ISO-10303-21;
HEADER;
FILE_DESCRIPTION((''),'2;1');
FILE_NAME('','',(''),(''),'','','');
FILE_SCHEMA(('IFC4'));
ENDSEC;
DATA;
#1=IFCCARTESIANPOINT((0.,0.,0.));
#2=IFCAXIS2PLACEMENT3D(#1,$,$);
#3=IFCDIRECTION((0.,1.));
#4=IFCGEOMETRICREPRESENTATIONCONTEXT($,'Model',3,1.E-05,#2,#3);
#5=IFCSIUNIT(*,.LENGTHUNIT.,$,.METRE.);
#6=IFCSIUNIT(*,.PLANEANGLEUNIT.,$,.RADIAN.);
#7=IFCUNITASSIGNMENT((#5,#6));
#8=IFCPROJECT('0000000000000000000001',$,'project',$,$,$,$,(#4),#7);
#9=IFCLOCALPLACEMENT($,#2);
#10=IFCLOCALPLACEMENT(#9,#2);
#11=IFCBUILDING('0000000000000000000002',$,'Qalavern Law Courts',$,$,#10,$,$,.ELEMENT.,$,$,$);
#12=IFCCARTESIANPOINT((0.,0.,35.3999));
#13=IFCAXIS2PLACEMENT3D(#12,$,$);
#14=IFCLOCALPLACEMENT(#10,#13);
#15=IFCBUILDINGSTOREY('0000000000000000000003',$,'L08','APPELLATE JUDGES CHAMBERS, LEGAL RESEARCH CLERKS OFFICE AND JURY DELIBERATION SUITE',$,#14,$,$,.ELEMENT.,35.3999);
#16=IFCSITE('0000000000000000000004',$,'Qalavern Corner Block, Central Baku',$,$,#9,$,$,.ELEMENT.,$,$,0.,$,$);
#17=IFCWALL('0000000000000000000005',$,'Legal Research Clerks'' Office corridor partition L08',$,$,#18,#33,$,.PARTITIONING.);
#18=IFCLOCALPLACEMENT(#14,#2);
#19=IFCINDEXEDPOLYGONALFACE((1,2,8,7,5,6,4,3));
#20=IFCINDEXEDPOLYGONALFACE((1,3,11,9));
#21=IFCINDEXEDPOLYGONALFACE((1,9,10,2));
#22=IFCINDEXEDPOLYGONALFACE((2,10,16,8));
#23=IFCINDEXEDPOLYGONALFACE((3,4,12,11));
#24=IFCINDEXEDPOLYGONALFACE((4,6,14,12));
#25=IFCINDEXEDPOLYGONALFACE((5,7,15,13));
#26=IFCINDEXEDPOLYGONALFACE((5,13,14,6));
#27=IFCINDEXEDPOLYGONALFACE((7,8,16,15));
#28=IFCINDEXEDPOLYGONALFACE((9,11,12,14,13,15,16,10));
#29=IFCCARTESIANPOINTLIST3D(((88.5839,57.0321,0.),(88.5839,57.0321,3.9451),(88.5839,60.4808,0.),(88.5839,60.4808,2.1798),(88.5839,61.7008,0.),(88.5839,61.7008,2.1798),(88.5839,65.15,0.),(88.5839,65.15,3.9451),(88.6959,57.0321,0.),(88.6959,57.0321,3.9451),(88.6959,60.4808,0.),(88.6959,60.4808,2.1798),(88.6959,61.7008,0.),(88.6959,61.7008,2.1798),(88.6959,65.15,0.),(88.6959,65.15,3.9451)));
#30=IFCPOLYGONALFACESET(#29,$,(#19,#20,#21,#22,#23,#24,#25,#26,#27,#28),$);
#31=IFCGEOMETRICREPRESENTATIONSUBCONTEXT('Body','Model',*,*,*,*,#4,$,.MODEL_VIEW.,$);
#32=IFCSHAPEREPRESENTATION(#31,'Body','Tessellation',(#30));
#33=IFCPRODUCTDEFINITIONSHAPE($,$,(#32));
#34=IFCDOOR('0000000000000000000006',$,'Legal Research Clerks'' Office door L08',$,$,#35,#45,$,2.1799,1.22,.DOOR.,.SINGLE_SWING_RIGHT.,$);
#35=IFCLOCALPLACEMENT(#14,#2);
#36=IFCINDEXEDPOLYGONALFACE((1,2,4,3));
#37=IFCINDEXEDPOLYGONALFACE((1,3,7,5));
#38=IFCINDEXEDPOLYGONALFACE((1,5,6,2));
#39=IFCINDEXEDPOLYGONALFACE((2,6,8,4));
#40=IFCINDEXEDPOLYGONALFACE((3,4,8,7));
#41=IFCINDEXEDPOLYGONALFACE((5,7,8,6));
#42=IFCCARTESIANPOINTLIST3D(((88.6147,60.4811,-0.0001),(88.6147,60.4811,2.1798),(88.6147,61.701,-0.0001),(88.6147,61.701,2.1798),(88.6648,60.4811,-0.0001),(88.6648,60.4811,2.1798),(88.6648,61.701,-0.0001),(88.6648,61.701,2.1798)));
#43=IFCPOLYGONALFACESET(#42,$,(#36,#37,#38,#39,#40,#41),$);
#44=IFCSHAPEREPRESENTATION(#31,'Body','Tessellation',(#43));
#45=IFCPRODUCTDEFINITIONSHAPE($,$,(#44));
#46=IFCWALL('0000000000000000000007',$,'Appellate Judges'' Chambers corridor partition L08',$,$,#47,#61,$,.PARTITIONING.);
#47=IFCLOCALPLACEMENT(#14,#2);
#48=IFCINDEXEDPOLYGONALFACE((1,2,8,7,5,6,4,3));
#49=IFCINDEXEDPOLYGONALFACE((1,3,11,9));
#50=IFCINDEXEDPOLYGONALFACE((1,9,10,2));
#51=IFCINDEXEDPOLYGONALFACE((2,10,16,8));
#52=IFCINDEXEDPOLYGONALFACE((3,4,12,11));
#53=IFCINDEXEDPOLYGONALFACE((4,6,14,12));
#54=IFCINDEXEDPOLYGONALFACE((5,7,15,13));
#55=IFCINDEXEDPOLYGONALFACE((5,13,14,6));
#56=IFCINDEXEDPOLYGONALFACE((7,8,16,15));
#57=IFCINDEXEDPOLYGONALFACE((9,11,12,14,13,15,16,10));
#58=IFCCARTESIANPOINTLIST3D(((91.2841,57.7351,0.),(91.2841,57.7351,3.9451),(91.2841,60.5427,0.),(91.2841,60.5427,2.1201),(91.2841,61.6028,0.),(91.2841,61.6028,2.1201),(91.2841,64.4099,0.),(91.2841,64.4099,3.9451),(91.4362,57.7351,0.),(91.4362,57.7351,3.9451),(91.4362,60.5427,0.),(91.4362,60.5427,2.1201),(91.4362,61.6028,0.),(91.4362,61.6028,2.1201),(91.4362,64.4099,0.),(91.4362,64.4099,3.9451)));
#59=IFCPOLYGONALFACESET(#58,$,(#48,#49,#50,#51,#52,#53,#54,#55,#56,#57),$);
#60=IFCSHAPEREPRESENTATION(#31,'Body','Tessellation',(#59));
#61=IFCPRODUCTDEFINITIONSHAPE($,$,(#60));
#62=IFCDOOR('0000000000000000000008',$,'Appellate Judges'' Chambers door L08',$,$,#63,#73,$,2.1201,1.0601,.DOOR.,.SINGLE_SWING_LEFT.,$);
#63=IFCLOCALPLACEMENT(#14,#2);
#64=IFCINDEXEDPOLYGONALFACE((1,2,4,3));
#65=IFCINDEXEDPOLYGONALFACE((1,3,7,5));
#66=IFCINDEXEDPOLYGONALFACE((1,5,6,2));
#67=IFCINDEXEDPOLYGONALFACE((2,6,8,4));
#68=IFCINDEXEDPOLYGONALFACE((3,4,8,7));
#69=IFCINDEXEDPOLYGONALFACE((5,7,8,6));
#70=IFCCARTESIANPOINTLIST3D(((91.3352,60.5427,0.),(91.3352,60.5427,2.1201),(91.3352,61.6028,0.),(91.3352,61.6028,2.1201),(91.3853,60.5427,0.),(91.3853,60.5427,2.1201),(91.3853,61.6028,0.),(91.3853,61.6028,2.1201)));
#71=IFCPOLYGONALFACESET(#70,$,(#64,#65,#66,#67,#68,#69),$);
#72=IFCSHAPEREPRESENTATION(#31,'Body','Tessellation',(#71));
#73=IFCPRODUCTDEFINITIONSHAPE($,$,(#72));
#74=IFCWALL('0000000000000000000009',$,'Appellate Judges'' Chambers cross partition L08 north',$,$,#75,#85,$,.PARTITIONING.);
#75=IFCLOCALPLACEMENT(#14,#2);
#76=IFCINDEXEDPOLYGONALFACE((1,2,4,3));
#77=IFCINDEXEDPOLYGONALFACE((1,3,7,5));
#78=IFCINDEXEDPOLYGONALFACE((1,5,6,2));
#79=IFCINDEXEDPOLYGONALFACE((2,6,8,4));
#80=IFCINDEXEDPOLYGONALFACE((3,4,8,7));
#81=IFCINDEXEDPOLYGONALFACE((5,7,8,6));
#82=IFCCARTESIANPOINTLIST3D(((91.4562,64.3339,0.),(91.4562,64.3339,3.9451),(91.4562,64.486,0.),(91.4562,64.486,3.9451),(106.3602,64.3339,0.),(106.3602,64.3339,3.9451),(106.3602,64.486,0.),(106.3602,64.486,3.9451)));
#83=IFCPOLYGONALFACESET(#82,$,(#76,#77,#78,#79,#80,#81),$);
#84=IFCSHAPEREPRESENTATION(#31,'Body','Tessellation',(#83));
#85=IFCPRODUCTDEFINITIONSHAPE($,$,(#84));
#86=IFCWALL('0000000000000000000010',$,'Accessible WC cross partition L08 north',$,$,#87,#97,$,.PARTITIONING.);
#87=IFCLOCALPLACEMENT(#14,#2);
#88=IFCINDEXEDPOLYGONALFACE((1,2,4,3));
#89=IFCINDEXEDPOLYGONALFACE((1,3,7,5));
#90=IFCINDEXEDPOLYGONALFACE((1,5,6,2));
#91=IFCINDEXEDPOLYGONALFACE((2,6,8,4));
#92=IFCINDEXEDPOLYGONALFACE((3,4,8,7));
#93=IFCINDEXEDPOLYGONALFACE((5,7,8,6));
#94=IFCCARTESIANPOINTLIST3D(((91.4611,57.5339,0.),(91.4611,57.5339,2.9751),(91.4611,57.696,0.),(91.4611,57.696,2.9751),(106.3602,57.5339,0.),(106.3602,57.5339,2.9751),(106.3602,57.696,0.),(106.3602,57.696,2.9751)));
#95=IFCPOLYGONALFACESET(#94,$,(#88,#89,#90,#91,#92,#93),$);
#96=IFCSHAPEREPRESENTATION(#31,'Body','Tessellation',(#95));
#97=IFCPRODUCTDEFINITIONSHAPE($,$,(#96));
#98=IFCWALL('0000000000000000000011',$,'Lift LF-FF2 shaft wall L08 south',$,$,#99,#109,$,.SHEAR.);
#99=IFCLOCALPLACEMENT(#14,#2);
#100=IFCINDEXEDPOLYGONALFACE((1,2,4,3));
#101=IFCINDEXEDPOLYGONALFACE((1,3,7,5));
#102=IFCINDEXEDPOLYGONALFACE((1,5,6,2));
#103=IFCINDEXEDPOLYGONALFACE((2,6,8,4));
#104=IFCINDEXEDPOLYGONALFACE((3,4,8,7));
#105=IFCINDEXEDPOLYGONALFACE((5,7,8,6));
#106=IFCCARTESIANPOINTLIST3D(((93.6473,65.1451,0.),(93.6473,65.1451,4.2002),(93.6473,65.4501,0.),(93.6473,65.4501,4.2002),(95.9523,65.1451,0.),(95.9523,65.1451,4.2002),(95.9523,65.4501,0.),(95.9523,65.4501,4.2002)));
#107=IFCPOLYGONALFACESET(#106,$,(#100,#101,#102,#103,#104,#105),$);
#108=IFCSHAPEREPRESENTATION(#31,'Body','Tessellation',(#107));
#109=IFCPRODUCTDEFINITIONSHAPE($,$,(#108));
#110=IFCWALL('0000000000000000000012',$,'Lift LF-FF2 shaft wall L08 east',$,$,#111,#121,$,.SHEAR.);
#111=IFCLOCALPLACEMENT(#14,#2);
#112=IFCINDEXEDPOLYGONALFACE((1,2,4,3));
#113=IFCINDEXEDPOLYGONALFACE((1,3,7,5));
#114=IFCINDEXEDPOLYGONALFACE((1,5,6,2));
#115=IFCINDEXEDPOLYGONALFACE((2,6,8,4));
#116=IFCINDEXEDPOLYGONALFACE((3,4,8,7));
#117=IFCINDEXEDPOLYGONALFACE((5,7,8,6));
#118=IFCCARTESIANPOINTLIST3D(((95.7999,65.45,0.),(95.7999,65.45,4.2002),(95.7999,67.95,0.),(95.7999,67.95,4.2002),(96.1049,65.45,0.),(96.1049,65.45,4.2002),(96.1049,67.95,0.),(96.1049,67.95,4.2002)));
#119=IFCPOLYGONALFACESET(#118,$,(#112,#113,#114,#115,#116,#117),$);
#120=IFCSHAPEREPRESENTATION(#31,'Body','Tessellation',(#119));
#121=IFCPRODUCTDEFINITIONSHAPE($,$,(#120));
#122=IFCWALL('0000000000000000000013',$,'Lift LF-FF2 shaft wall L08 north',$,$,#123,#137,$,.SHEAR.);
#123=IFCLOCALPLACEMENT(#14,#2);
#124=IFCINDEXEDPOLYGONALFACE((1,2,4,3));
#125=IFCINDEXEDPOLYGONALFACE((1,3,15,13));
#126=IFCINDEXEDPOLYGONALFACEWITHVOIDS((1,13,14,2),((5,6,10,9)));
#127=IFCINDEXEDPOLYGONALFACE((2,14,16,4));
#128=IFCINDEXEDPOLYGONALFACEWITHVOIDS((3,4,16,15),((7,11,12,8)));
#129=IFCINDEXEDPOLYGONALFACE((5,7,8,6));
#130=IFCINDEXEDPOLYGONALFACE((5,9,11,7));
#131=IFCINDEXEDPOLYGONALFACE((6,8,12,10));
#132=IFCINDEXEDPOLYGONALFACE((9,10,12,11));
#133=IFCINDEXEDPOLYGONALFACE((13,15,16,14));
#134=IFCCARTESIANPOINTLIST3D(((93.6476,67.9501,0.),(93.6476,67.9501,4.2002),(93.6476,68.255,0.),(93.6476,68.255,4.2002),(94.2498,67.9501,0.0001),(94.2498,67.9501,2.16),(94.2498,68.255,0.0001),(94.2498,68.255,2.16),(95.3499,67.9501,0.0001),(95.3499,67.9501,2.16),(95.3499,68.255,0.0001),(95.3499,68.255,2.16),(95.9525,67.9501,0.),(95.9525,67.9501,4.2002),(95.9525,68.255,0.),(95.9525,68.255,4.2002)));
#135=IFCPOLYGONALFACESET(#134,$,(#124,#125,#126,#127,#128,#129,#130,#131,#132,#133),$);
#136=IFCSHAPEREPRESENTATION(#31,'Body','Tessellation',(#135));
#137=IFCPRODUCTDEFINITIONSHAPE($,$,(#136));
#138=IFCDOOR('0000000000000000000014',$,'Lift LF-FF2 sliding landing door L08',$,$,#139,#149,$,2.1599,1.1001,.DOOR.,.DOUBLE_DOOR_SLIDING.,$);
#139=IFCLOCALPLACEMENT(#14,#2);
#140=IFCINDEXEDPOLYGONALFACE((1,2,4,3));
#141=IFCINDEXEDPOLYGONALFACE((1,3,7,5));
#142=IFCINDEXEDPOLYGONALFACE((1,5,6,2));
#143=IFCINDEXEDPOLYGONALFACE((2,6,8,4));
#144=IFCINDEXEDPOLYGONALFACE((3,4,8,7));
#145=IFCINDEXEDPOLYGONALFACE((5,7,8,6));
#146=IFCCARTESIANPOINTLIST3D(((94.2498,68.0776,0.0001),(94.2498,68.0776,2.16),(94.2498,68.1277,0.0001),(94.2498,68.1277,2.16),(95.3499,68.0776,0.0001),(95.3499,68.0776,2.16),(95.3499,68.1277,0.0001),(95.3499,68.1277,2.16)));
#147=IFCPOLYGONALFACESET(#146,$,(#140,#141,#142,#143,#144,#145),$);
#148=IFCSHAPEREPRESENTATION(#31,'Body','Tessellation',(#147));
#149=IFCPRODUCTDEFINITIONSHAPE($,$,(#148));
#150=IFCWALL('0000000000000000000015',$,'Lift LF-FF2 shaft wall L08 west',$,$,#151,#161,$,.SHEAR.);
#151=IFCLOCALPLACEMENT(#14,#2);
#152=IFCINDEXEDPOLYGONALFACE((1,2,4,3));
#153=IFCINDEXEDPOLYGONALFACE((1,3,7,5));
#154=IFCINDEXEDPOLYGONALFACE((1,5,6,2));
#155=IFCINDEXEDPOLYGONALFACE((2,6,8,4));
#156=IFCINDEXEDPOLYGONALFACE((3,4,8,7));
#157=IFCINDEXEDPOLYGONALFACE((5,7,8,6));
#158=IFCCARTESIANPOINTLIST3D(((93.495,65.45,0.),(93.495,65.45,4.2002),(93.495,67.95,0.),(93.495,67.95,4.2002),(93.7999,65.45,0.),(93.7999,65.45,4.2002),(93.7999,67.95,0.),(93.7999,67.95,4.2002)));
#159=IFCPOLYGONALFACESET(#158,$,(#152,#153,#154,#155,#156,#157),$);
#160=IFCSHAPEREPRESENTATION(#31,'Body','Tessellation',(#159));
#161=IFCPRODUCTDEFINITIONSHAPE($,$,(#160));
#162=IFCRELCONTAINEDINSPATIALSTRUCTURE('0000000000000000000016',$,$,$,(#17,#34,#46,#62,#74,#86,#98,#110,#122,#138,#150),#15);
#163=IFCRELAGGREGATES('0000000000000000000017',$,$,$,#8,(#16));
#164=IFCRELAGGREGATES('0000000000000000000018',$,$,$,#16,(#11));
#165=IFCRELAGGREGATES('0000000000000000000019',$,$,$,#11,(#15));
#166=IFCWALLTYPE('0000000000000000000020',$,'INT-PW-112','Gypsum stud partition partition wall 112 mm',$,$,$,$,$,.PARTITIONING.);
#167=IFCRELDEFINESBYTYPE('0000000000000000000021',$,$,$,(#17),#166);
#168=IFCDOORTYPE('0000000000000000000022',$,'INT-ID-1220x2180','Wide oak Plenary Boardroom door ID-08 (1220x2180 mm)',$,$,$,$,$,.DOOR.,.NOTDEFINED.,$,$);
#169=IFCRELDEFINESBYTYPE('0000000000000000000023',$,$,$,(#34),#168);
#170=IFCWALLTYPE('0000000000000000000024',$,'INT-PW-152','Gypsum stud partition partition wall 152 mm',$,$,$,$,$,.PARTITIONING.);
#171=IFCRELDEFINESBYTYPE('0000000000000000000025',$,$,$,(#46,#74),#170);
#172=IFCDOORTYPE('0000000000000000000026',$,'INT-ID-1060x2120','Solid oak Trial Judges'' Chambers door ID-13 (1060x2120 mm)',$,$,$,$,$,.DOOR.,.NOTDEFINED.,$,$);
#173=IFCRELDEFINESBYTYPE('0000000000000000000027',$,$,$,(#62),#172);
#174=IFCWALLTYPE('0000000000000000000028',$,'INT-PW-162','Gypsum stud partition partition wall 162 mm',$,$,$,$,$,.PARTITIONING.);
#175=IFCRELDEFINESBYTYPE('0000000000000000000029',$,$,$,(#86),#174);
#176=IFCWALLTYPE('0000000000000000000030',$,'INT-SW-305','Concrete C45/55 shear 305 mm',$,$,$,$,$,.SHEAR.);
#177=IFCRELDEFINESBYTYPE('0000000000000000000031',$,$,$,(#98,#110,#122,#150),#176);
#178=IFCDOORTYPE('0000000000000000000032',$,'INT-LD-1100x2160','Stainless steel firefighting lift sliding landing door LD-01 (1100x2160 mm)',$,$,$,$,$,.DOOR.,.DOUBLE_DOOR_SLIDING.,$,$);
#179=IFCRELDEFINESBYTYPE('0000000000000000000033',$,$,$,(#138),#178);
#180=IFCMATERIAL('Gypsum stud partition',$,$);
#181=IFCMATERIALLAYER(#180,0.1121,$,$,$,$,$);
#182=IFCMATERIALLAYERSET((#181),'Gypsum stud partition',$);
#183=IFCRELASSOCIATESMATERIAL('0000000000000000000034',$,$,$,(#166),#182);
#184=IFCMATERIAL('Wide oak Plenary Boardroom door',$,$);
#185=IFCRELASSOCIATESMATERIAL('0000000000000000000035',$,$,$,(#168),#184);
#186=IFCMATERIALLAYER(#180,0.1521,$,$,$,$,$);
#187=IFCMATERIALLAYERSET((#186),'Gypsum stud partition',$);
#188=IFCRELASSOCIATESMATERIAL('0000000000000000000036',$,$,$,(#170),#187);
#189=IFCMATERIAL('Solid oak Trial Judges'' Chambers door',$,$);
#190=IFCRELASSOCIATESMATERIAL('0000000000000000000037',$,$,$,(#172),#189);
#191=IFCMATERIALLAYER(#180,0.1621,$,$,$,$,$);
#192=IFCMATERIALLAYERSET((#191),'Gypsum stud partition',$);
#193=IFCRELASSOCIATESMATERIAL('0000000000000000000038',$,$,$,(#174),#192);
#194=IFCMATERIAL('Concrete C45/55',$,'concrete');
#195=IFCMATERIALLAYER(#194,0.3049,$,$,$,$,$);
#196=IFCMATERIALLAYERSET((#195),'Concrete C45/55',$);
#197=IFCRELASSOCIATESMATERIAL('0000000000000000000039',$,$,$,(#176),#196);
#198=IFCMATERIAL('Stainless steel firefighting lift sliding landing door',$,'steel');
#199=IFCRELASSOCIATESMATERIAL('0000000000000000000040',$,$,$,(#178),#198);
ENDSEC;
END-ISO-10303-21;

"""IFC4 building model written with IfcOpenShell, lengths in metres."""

from ifc_helpers import new_model, si_unit, direction, frame, frame_2d, origin, place, context, subcontext, project, spatial, rectangle, extrude, material, layer, layer_set, type_object, element, fill, save


model = new_model("IFC4")

# Units and contexts
model_context = context("Model", 3, precision=1e-05, world=origin(), true_north=direction((0.0, 1.0)))
body_context = subcontext(model_context, "Body", "Model", "MODEL_VIEW")
ifc_project = project(units=[si_unit("LENGTHUNIT", "METRE"), si_unit("PLANEANGLEUNIT", "RADIAN")], contexts=[model_context])

# Site, building, storey
site_placement = place(None, origin())
site = spatial("IfcSite", under=ifc_project, at=site_placement, Name="Qalavern Corner Block, Central Baku", CompositionType="ELEMENT", RefElevation=0.0)
building_placement = place(site_placement, origin())
building = spatial("IfcBuilding", under=site, at=building_placement, Name="Qalavern Law Courts", CompositionType="ELEMENT")
storey_placement = place(building_placement, frame((0.0, 0.0, 35.3999)))
storey = spatial("IfcBuildingStorey", under=building, at=storey_placement, Name="L08", Description="APPELLATE JUDGES CHAMBERS, LEGAL RESEARCH CLERKS OFFICE AND JURY DELIBERATION SUITE", CompositionType="ELEMENT", Elevation=35.3999)

# Shared definitions
ifc_material_1 = material(Name="Concrete C45/55", Category="concrete")

# Walls, openings, doors
ifc_material_2 = material(Name="Gypsum stud partition")
ifc_layer_1 = layer(ifc_material_2, 0.1121)
ifc_layer_set_1 = layer_set([ifc_layer_1], Name="Gypsum stud partition")
wall_type_1 = type_object("IfcWallType", Name="INT-PW-112", Description="Gypsum stud partition partition wall 112 mm", PredefinedType="PARTITIONING", material=ifc_layer_set_1)
wall_1_placement = place(storey_placement, frame((88.6399, 57.032, 0.0), z_axis=(0.0, 0.0, 1.0), x_axis=(0.0, 1.0, 0.0)))
wall_1 = element("IfcWall", 1, at=wall_1_placement, inside=storey, type_object=wall_type_1, Name="Legal Research Clerks' Office corridor partition L08", PredefinedType="PARTITIONING", context=body_context, shape_type="SweptSolid", body=[
    extrude(rectangle(XDim=8.1179, YDim=0.1121, at=frame_2d((4.0591, 0.0))), origin(), (0.0, 0.0, 1.0), 3.9451),
])
opening_1_placement = place(wall_1_placement, frame((3.449, 0.0, 0.0)))
opening_1 = element("IfcOpeningElement", 2, at=opening_1_placement, cuts=wall_1, PredefinedType="OPENING", context=body_context, shape_type="SweptSolid", body=[
    extrude(rectangle(XDim=1.22, YDim=2.1799, at=frame_2d((0.6099, 1.0898))), frame((0.0, 0.0708, 0.0), z_axis=(0.0, -1.0, 0.0), x_axis=(1.0, 0.0, 0.0)), (0.0, 0.0, 1.0), 0.1418),
])
ifc_material_3 = material(Name="Wide oak Plenary Boardroom door")
door_type_1 = type_object("IfcDoorType", Name="INT-ID-1220x2180", Description="Wide oak Plenary Boardroom door ID-08 (1220x2180 mm)", OperationType="NOTDEFINED", PredefinedType="DOOR", material=ifc_material_3)
door_1_placement = place(opening_1_placement, frame((1.22, 0.0, 0.0), z_axis=(0.0, 0.0, 1.0), x_axis=(-1.0, 0.0, 0.0)))
door_1 = element("IfcDoor", 3, at=door_1_placement, inside=storey, type_object=door_type_1, Name="Legal Research Clerks' Office door L08", OperationType="SINGLE_SWING_RIGHT", OverallHeight=2.1799, OverallWidth=1.22, PredefinedType="DOOR", context=body_context, shape_type="SweptSolid", body=[
    extrude(rectangle(XDim=1.22, YDim=2.1799, at=frame_2d((0.6099, 1.0898))), frame((0.0, 0.0249, 0.0), z_axis=(0.0, -1.0, 0.0), x_axis=(1.0, 0.0, 0.0)), (0.0, 0.0, 1.0), 0.05),
])
fill(opening_1, door_1)
ifc_layer_2 = layer(ifc_material_2, 0.1521)
ifc_layer_set_2 = layer_set([ifc_layer_2], Name="Gypsum stud partition")
wall_type_2 = type_object("IfcWallType", Name="INT-PW-152", Description="Gypsum stud partition partition wall 152 mm", PredefinedType="PARTITIONING", material=ifc_layer_set_2)
wall_2_placement = place(storey_placement, frame((91.3601, 57.7351, 0.0), z_axis=(0.0, 0.0, 1.0), x_axis=(0.0, 1.0, 0.0)))
wall_2 = element("IfcWall", 4, at=wall_2_placement, inside=storey, type_object=wall_type_2, Name="Appellate Judges' Chambers corridor partition L08", PredefinedType="PARTITIONING", context=body_context, shape_type="SweptSolid", body=[
    extrude(rectangle(XDim=6.6748, YDim=0.1521, at=frame_2d((3.3374, 0.0))), origin(), (0.0, 0.0, 1.0), 3.9451),
])
opening_2_placement = place(wall_2_placement, frame((2.8076, 0.0, 0.0)))
opening_2 = element("IfcOpeningElement", 5, at=opening_2_placement, cuts=wall_2, PredefinedType="OPENING", context=body_context, shape_type="SweptSolid", body=[
    extrude(rectangle(XDim=1.0601, YDim=2.1201, at=frame_2d((0.53, 1.0601))), frame((0.0, 0.0908, 0.0), z_axis=(0.0, -1.0, 0.0), x_axis=(1.0, 0.0, 0.0)), (0.0, 0.0, 1.0), 0.1819),
])
ifc_material_4 = material(Name="Solid oak Trial Judges' Chambers door")
door_type_2 = type_object("IfcDoorType", Name="INT-ID-1060x2120", Description="Solid oak Trial Judges' Chambers door ID-13 (1060x2120 mm)", OperationType="NOTDEFINED", PredefinedType="DOOR", material=ifc_material_4)
door_2_placement = place(opening_2_placement, origin())
door_2 = element("IfcDoor", 6, at=door_2_placement, inside=storey, type_object=door_type_2, Name="Appellate Judges' Chambers door L08", OperationType="SINGLE_SWING_LEFT", OverallHeight=2.1201, OverallWidth=1.0601, PredefinedType="DOOR", context=body_context, shape_type="SweptSolid", body=[
    extrude(rectangle(XDim=1.0601, YDim=2.1201, at=frame_2d((0.53, 1.0601))), frame((0.0, 0.0249, 0.0), z_axis=(0.0, -1.0, 0.0), x_axis=(1.0, 0.0, 0.0)), (0.0, 0.0, 1.0), 0.05),
])
fill(opening_2, door_2)

# Walls
wall_3_placement = place(storey_placement, frame((91.4561, 64.4099, 0.0), z_axis=(0.0, 0.0, 1.0), x_axis=(1.0, 0.0, 0.0)))
element("IfcWall", 7, at=wall_3_placement, inside=storey, type_object=wall_type_2, Name="Appellate Judges' Chambers cross partition L08 north", PredefinedType="PARTITIONING", context=body_context, shape_type="SweptSolid", body=[
    extrude(rectangle(XDim=14.9041, YDim=0.1521, at=frame_2d((7.4521, 0.0))), origin(), (0.0, 0.0, 1.0), 3.9451),
])
ifc_layer_3 = layer(ifc_material_2, 0.1621)
ifc_layer_set_3 = layer_set([ifc_layer_3], Name="Gypsum stud partition")
wall_type_3 = type_object("IfcWallType", Name="INT-PW-162", Description="Gypsum stud partition partition wall 162 mm", PredefinedType="PARTITIONING", material=ifc_layer_set_3)
wall_4_placement = place(storey_placement, frame((91.4609, 57.615, 0.0), z_axis=(0.0, 0.0, 1.0), x_axis=(1.0, 0.0, 0.0)))
element("IfcWall", 8, at=wall_4_placement, inside=storey, type_object=wall_type_3, Name="Accessible WC cross partition L08 north", PredefinedType="PARTITIONING", context=body_context, shape_type="SweptSolid", body=[
    extrude(rectangle(XDim=14.8992, YDim=0.1621, at=frame_2d((7.4497, 0.0))), origin(), (0.0, 0.0, 1.0), 2.9751),
])
ifc_layer_4 = layer(ifc_material_1, 0.3049)
ifc_layer_set_4 = layer_set([ifc_layer_4], Name="Concrete C45/55")
wall_type_4 = type_object("IfcWallType", Name="INT-SW-305", Description="Concrete C45/55 shear 305 mm", PredefinedType="SHEAR", material=ifc_layer_set_4)
wall_5_placement = place(storey_placement, frame((93.6475, 65.2976, 0.0), z_axis=(0.0, 0.0, 1.0), x_axis=(1.0, 0.0, 0.0)))
element("IfcWall", 9, at=wall_5_placement, inside=storey, type_object=wall_type_4, Name="Lift LF-FF2 shaft wall L08 south", PredefinedType="SHEAR", context=body_context, shape_type="SweptSolid", body=[
    extrude(rectangle(XDim=2.3049, YDim=0.3049, at=frame_2d((1.1523, 0.0))), origin(), (0.0, 0.0, 1.0), 4.2002),
])
wall_6_placement = place(storey_placement, frame((95.9524, 65.45, 0.0), z_axis=(0.0, 0.0, 1.0), x_axis=(0.0, 1.0, 0.0)))
element("IfcWall", 10, at=wall_6_placement, inside=storey, type_object=wall_type_4, Name="Lift LF-FF2 shaft wall L08 east", PredefinedType="SHEAR", context=body_context, shape_type="SweptSolid", body=[
    extrude(rectangle(XDim=2.5, YDim=0.3049, at=frame_2d((1.25, 0.0))), origin(), (0.0, 0.0, 1.0), 4.2002),
])

# Wall, opening, door
wall_7_placement = place(storey_placement, frame((95.9524, 68.1025, 0.0), z_axis=(0.0, 0.0, 1.0), x_axis=(-1.0, 0.0, 0.0)))
wall_7 = element("IfcWall", 11, at=wall_7_placement, inside=storey, type_object=wall_type_4, Name="Lift LF-FF2 shaft wall L08 north", PredefinedType="SHEAR", context=body_context, shape_type="SweptSolid", body=[
    extrude(rectangle(XDim=2.3049, YDim=0.3049, at=frame_2d((1.1523, 0.0))), origin(), (0.0, 0.0, 1.0), 4.2002),
])
opening_3_placement = place(wall_7_placement, frame((0.6025, 0.0, 0.0)))
opening_3 = element("IfcOpeningElement", 12, at=opening_3_placement, cuts=wall_7, PredefinedType="OPENING", context=body_context, shape_type="SweptSolid", body=[
    extrude(rectangle(XDim=1.1001, YDim=2.1599, at=frame_2d((0.55, 1.0801))), frame((0.0, 0.1675, 0.0), z_axis=(0.0, -1.0, 0.0), x_axis=(1.0, 0.0, 0.0)), (0.0, 0.0, 1.0), 0.3347),
])
ifc_material_5 = material(Name="Stainless steel firefighting lift sliding landing door", Category="steel")
door_type_3 = type_object("IfcDoorType", Name="INT-LD-1100x2160", Description="Stainless steel firefighting lift sliding landing door LD-01 (1100x2160 mm)", OperationType="DOUBLE_DOOR_SLIDING", PredefinedType="DOOR", material=ifc_material_5)
door_3_placement = place(opening_3_placement, origin())
door_3 = element("IfcDoor", 13, at=door_3_placement, inside=storey, type_object=door_type_3, Name="Lift LF-FF2 sliding landing door L08", OperationType="DOUBLE_DOOR_SLIDING", OverallHeight=2.1599, OverallWidth=1.1001, PredefinedType="DOOR", context=body_context, shape_type="SweptSolid", body=[
    extrude(rectangle(XDim=1.1001, YDim=2.1599, at=frame_2d((0.55, 1.0801))), frame((0.0, 0.0249, 0.0), z_axis=(0.0, -1.0, 0.0), x_axis=(1.0, 0.0, 0.0)), (0.0, 0.0, 1.0), 0.05),
])
fill(opening_3, door_3)

# Wall
wall_8_placement = place(storey_placement, frame((93.6475, 67.95, 0.0), z_axis=(0.0, 0.0, 1.0), x_axis=(0.0, -1.0, 0.0)))
element("IfcWall", 14, at=wall_8_placement, inside=storey, type_object=wall_type_4, Name="Lift LF-FF2 shaft wall L08 west", PredefinedType="SHEAR", context=body_context, shape_type="SweptSolid", body=[
    extrude(rectangle(XDim=2.5, YDim=0.3049, at=frame_2d((1.25, 0.0))), origin(), (0.0, 0.0, 1.0), 4.2002),
])

save(model, "model.ifc")
